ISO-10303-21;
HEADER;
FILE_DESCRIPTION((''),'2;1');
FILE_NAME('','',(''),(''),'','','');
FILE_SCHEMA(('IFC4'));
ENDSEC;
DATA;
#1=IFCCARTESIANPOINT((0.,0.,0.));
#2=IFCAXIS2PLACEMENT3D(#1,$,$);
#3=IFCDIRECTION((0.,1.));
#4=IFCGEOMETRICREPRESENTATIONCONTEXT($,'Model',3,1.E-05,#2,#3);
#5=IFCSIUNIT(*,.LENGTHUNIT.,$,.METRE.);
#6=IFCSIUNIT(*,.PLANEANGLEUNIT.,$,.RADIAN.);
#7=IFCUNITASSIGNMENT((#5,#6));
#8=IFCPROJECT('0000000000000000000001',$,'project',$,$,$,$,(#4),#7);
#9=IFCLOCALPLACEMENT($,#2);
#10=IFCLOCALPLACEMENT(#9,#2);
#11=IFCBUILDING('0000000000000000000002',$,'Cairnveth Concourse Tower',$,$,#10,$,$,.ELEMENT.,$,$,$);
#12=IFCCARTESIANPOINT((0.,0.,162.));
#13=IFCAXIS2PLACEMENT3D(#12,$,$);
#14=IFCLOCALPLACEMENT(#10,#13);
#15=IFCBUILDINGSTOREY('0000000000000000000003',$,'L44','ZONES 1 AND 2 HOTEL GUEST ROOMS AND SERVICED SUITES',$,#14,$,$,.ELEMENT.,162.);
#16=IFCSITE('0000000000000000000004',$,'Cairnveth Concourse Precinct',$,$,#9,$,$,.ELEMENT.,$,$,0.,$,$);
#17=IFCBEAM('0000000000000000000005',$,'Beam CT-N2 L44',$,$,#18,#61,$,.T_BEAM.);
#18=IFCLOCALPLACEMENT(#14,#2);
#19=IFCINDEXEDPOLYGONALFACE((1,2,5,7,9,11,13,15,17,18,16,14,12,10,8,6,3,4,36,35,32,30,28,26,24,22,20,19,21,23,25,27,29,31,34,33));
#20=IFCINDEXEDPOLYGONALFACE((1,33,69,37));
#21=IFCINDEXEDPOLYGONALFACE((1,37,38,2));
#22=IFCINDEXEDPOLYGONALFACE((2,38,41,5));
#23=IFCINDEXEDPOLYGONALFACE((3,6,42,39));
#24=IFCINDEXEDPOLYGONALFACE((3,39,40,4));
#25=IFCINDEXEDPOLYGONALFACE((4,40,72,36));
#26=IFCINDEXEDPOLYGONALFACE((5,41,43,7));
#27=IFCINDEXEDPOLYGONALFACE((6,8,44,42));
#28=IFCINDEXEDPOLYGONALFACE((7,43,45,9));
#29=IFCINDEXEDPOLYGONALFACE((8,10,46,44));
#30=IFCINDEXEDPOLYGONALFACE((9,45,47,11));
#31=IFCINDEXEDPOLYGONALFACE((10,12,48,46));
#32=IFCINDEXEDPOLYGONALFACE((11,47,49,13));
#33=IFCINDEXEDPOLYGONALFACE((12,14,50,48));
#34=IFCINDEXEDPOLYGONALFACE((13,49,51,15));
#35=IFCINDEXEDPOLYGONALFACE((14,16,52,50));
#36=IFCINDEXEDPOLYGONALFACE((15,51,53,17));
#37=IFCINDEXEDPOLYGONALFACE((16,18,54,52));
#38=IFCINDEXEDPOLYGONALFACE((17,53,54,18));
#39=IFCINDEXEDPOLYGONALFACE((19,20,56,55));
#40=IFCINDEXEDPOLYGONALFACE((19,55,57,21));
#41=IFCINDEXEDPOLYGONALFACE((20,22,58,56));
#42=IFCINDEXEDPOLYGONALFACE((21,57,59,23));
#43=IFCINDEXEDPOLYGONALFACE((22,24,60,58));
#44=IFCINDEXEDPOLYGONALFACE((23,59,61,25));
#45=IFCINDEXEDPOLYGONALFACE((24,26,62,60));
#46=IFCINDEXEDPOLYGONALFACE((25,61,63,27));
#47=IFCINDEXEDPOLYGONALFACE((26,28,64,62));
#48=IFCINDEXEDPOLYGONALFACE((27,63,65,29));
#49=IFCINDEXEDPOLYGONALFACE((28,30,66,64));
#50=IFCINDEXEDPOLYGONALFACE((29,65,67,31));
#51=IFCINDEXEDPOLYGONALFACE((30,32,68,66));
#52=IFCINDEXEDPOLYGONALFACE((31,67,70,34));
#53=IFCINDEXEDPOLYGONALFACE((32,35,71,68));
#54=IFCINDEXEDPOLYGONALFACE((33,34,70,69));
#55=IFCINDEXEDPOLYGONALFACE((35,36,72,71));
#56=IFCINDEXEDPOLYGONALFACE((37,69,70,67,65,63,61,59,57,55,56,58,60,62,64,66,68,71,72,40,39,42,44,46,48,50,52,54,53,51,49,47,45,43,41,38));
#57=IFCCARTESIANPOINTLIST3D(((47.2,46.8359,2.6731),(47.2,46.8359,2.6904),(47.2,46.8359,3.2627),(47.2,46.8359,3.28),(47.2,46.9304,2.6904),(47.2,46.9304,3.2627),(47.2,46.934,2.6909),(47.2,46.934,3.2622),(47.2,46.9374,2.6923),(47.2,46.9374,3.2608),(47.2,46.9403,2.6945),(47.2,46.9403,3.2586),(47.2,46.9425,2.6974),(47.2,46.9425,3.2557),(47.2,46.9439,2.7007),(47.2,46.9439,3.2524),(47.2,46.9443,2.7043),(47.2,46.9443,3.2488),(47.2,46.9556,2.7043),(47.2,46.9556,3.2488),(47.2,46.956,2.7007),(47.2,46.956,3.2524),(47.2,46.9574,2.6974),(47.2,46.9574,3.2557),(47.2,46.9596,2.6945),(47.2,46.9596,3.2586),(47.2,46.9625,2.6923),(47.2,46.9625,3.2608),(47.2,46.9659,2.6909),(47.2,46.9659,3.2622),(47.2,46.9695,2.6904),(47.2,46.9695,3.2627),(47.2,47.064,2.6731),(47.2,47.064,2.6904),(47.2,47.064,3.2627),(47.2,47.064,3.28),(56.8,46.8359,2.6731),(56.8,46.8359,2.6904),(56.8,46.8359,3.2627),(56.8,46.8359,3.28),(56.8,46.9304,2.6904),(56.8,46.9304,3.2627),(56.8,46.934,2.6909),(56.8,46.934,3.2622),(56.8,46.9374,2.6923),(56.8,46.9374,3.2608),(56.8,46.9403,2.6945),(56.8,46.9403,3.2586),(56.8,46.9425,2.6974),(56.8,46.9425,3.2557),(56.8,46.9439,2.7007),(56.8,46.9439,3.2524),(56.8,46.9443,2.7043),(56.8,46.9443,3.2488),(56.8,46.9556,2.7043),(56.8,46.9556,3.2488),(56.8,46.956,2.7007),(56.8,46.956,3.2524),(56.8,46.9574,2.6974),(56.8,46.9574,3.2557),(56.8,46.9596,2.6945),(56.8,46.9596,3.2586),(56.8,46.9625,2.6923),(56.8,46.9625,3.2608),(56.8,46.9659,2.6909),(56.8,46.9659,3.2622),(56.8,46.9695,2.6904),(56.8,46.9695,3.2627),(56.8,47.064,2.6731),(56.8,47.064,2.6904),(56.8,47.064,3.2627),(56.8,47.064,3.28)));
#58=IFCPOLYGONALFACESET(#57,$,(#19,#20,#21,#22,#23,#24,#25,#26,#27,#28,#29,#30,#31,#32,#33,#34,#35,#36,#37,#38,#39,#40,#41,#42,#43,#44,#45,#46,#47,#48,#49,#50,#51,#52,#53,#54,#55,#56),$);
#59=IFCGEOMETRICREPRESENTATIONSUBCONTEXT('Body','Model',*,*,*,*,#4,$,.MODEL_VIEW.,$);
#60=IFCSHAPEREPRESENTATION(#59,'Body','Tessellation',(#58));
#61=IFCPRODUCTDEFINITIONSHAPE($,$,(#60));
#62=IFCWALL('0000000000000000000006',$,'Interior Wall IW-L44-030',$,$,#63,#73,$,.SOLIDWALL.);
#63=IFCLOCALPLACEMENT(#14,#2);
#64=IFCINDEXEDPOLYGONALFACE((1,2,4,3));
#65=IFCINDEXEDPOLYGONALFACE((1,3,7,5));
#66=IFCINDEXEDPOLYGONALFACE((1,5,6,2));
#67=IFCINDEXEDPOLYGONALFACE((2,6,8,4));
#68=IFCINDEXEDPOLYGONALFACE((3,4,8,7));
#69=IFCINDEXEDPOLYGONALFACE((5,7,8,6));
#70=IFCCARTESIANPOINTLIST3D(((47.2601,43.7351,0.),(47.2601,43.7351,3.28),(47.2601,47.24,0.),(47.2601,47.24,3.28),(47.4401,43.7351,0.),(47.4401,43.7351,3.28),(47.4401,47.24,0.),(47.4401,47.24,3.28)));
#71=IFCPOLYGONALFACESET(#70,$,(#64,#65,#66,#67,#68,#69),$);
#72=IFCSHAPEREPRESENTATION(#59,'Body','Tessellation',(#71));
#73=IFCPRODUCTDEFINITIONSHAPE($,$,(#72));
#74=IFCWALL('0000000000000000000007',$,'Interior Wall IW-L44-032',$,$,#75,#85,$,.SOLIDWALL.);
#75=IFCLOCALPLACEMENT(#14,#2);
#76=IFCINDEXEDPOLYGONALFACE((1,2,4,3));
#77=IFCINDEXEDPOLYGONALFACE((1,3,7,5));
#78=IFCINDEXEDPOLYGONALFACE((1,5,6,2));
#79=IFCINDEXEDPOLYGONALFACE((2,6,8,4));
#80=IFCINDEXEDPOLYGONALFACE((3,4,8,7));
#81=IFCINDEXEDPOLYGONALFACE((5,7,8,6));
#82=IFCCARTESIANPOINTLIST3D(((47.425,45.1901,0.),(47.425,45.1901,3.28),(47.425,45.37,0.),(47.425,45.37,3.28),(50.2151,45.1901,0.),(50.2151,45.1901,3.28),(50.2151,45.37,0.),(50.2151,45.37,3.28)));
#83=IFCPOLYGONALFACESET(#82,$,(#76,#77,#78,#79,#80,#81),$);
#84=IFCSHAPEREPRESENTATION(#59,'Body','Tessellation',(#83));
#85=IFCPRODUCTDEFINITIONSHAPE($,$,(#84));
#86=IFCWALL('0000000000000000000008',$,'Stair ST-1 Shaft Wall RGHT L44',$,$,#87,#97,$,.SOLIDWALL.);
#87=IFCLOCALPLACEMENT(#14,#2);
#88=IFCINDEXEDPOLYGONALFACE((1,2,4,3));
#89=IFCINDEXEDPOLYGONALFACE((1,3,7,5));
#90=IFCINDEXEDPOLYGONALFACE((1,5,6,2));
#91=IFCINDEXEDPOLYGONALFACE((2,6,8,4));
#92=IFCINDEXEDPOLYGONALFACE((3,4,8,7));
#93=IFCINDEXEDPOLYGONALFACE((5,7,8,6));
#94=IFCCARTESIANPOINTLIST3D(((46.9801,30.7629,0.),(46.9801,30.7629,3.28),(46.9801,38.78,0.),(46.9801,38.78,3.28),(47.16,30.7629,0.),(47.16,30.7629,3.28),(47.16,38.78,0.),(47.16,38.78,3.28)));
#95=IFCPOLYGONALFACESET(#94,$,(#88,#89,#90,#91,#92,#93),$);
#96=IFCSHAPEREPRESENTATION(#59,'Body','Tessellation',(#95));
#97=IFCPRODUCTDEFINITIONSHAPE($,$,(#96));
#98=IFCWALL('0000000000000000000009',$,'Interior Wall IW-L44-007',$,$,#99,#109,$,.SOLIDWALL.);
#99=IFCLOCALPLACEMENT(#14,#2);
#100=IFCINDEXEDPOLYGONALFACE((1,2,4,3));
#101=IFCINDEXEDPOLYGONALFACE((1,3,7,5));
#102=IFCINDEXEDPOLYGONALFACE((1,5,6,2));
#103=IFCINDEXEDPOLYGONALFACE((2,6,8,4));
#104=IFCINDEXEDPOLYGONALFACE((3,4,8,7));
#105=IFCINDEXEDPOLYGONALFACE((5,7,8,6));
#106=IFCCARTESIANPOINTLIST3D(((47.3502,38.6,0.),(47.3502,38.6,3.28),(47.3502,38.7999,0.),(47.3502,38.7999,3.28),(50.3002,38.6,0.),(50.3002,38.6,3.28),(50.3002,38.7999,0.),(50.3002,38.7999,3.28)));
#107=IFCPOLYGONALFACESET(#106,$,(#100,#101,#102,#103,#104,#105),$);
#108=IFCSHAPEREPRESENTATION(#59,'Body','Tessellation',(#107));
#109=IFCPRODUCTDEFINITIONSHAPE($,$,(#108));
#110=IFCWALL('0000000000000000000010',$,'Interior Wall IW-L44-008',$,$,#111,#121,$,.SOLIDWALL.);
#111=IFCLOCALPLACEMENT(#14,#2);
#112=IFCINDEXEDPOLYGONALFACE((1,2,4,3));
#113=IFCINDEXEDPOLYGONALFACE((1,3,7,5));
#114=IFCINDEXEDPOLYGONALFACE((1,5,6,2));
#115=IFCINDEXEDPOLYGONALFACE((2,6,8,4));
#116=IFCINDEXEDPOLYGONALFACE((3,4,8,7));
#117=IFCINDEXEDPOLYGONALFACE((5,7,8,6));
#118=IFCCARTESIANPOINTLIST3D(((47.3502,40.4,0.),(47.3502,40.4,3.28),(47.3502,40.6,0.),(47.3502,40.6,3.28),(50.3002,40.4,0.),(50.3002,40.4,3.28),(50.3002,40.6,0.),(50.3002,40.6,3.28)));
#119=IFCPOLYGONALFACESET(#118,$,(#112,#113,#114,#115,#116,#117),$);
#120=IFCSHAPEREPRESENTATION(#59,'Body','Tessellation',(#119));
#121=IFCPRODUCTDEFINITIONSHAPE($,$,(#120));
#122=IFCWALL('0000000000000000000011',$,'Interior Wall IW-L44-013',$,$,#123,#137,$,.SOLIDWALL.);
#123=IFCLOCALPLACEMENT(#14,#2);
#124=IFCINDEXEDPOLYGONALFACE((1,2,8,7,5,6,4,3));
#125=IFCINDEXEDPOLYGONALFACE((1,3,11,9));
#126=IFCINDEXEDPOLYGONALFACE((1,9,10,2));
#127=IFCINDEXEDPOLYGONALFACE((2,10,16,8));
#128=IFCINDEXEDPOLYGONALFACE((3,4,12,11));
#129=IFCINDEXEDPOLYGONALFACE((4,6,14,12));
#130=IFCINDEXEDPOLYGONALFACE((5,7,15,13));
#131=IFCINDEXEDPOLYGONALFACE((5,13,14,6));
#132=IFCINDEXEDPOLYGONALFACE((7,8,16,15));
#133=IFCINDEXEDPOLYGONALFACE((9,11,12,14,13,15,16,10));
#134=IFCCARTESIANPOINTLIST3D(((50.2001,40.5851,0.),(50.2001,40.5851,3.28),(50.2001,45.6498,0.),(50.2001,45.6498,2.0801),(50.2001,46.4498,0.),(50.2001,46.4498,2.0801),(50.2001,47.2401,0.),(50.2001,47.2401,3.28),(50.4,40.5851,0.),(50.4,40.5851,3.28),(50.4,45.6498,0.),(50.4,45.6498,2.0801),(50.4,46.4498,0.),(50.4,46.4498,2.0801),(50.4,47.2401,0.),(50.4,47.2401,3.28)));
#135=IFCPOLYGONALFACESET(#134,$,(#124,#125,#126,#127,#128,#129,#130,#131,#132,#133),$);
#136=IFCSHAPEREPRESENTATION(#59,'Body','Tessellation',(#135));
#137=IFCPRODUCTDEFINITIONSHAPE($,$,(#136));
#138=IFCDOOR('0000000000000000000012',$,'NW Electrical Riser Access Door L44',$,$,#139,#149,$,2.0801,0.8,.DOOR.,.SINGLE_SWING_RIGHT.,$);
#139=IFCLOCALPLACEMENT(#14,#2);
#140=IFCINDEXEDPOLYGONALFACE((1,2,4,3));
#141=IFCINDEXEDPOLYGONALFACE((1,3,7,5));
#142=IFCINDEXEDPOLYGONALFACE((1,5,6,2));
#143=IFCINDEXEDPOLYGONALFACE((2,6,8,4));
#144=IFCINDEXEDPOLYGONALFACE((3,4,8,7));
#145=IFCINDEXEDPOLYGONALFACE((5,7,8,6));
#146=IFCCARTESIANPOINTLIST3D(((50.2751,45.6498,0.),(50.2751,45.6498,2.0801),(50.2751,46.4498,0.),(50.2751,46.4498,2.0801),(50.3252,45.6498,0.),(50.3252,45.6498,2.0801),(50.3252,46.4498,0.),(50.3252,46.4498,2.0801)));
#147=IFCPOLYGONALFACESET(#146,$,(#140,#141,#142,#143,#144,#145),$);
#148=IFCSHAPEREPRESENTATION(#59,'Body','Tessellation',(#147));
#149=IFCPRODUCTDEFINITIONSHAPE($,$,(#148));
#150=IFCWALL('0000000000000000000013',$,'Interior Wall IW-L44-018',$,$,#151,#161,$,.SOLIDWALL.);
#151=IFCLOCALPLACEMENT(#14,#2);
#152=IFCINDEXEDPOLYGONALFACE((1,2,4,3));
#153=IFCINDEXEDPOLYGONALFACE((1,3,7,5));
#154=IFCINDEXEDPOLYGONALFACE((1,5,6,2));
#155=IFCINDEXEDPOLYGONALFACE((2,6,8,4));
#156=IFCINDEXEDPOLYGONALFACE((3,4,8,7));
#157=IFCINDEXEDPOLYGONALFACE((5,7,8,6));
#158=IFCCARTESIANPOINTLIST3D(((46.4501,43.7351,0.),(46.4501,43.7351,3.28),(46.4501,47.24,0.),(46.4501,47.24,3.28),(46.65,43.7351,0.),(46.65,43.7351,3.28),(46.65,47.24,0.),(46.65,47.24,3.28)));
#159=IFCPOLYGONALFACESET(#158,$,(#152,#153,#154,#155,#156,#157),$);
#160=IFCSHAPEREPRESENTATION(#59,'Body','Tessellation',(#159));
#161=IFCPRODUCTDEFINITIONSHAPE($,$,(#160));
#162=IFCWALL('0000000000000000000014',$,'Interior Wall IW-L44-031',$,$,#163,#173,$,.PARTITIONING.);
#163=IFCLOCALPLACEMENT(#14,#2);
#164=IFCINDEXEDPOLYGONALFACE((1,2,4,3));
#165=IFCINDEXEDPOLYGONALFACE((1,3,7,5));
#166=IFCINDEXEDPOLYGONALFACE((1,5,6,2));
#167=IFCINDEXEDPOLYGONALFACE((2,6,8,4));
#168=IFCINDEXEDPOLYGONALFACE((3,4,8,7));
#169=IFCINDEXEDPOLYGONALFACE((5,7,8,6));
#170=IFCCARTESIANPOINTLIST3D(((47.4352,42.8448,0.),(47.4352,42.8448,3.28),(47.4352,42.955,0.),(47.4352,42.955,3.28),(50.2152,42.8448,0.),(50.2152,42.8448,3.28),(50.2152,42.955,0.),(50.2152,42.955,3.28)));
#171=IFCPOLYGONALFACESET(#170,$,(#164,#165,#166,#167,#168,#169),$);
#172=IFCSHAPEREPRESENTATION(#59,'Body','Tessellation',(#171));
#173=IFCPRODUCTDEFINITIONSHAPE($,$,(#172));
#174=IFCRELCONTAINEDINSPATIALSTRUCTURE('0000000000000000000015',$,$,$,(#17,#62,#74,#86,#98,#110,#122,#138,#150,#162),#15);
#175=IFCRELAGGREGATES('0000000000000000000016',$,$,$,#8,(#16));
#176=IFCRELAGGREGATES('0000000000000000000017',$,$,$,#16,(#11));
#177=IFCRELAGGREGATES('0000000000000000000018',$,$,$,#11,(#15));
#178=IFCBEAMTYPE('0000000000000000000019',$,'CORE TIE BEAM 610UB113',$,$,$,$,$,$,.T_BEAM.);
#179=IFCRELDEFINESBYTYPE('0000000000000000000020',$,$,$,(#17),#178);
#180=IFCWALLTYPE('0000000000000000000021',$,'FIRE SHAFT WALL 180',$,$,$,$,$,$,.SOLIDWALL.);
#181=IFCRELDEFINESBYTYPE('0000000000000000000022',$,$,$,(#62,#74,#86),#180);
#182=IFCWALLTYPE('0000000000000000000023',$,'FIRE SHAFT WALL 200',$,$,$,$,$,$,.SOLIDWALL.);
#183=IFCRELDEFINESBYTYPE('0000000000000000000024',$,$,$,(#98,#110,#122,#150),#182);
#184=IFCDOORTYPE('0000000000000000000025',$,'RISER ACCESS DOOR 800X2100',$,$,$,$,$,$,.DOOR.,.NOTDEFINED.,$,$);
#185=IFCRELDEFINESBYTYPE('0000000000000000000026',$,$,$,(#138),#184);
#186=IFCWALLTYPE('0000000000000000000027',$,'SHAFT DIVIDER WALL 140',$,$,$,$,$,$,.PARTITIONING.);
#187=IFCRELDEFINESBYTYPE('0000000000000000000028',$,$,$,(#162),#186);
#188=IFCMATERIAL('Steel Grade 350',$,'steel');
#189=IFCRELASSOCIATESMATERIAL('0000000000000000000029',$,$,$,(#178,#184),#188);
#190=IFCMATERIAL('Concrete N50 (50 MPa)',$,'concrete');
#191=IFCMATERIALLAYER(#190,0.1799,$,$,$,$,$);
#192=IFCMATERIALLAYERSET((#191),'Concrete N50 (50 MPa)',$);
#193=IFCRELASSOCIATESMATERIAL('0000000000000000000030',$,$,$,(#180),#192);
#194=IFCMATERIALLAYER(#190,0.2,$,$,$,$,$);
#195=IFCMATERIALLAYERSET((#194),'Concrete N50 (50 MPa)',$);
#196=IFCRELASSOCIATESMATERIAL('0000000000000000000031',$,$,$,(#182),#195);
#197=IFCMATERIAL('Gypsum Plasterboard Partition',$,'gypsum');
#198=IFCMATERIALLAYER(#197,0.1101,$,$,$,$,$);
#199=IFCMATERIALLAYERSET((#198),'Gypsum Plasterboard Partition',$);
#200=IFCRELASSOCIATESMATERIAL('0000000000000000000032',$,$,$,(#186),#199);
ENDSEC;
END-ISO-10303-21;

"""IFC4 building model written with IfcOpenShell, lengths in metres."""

from ifc_helpers import new_model, si_unit, direction, frame, frame_2d, origin, origin_2d, place, context, subcontext, project, spatial, rectangle, i_section, extrude, material, layer, layer_set, material_profile, profile_set, type_object, element, fill, save


model = new_model("IFC4")

# Units and contexts
model_context = context("Model", 3, precision=1e-05, world=origin(), true_north=direction((0.0, 1.0)))
body_context = subcontext(model_context, "Body", "Model", "MODEL_VIEW")
ifc_project = project(units=[si_unit("LENGTHUNIT", "METRE"), si_unit("PLANEANGLEUNIT", "RADIAN")], contexts=[model_context])

# Site, building, storey
site_placement = place(None, origin())
site = spatial("IfcSite", under=ifc_project, at=site_placement, Name="Cairnveth Concourse Precinct", CompositionType="ELEMENT", RefElevation=0.0)
building_placement = place(site_placement, origin())
building = spatial("IfcBuilding", under=site, at=building_placement, Name="Cairnveth Concourse Tower", CompositionType="ELEMENT")
storey_placement = place(building_placement, frame((0.0, 0.0, 162.0)))
storey = spatial("IfcBuildingStorey", under=building, at=storey_placement, Name="L44", Description="ZONES 1 AND 2 HOTEL GUEST ROOMS AND SERVICED SUITES", CompositionType="ELEMENT", Elevation=162.0)

# Beam
ifc_material_1 = material(Name="Steel Grade 350", Category="steel")
ifc_material_profile = material_profile(ifc_material_1, i_section(OverallWidth=0.228, OverallDepth=0.6069, WebThickness=0.0112, FlangeThickness=0.0173, FilletRadius=0.0139, at=origin_2d()), Name="610UB113")
ifc_profile_set = profile_set([ifc_material_profile], Name="Steel Grade 350")
beam_type = type_object("IfcBeamType", Name="CORE TIE BEAM 610UB113", PredefinedType="T_BEAM", material=ifc_profile_set)
beam_placement = place(storey_placement, frame((47.2, 46.95, 2.9766), z_axis=(1.0, 0.0, 0.0), x_axis=(0.0, 1.0, 0.0)))
element("IfcBeam", 1, at=beam_placement, inside=storey, type_object=beam_type, Name="Beam CT-N2 L44", PredefinedType="T_BEAM", context=body_context, shape_type="SweptSolid", body=[
    extrude(i_section(OverallWidth=0.228, OverallDepth=0.6069, WebThickness=0.0112, FlangeThickness=0.0173, FilletRadius=0.0139, at=origin_2d()), origin(), (0.0, 0.0, 1.0), 9.6001),
])

# Walls
ifc_material_2 = material(Name="Concrete N50 (50 MPa)", Category="concrete")
ifc_layer_1 = layer(ifc_material_2, 0.1799)
ifc_layer_set_1 = layer_set([ifc_layer_1], Name="Concrete N50 (50 MPa)")
wall_type_1 = type_object("IfcWallType", Name="FIRE SHAFT WALL 180", PredefinedType="SOLIDWALL", material=ifc_layer_set_1)
wall_1_placement = place(storey_placement, frame((47.3501, 43.7351, 0.0), z_axis=(0.0, 0.0, 1.0), x_axis=(0.0, 1.0, 0.0)))
element("IfcWall", 2, at=wall_1_placement, inside=storey, type_object=wall_type_1, Name="Interior Wall IW-L44-030", PredefinedType="SOLIDWALL", context=body_context, shape_type="SweptSolid", body=[
    extrude(rectangle(XDim=3.5049, YDim=0.1799, at=frame_2d((1.7524, 0.0))), origin(), (0.0, 0.0, 1.0), 3.28),
])
wall_2_placement = place(storey_placement, frame((47.425, 45.28, 0.0), z_axis=(0.0, 0.0, 1.0), x_axis=(1.0, 0.0, 0.0)))
element("IfcWall", 3, at=wall_2_placement, inside=storey, type_object=wall_type_1, Name="Interior Wall IW-L44-032", PredefinedType="SOLIDWALL", context=body_context, shape_type="SweptSolid", body=[
    extrude(rectangle(XDim=2.79, YDim=0.1799, at=frame_2d((1.395, 0.0))), origin(), (0.0, 0.0, 1.0), 3.28),
])
wall_3_placement = place(storey_placement, frame((47.0701, 38.78, 0.0), z_axis=(0.0, 0.0, 1.0), x_axis=(0.0, -1.0, 0.0)))
element("IfcWall", 4, at=wall_3_placement, inside=storey, type_object=wall_type_1, Name="Stair ST-1 Shaft Wall RGHT L44", PredefinedType="SOLIDWALL", context=body_context, shape_type="SweptSolid", body=[
    extrude(rectangle(XDim=8.0171, YDim=0.1799, at=frame_2d((4.0085, 0.0))), origin(), (0.0, 0.0, 1.0), 3.28),
])
ifc_layer_2 = layer(ifc_material_2, 0.2)
ifc_layer_set_2 = layer_set([ifc_layer_2], Name="Concrete N50 (50 MPa)")
wall_type_2 = type_object("IfcWallType", Name="FIRE SHAFT WALL 200", PredefinedType="SOLIDWALL", material=ifc_layer_set_2)
for number, where, z_axis, x_axis, name in (
    (5, (47.3501, 38.7, 0.0), (0.0, 0.0, 1.0), (1.0, 0.0, 0.0), "Interior Wall IW-L44-007"),
    (6, (47.3501, 40.5, 0.0), (0.0, 0.0, 1.0), (1.0, 0.0, 0.0), "Interior Wall IW-L44-008"),
):
    element("IfcWall", number, at=place(storey_placement, frame(where, z_axis=z_axis, x_axis=x_axis)), inside=storey, type_object=wall_type_2, Name=name, PredefinedType="SOLIDWALL", context=body_context, shape_type="SweptSolid", body=[
        extrude(rectangle(XDim=2.95, YDim=0.2, at=frame_2d((1.4751, 0.0))), origin(), (0.0, 0.0, 1.0), 3.28),
    ])

# Wall, opening, door
wall_4_placement = place(storey_placement, frame((50.3, 40.585, 0.0), z_axis=(0.0, 0.0, 1.0), x_axis=(0.0, 1.0, 0.0)))
wall_4 = element("IfcWall", 7, at=wall_4_placement, inside=storey, type_object=wall_type_2, Name="Interior Wall IW-L44-013", PredefinedType="SOLIDWALL", context=body_context, shape_type="SweptSolid", body=[
    extrude(rectangle(XDim=6.655, YDim=0.2, at=frame_2d((3.3276, 0.0))), origin(), (0.0, 0.0, 1.0), 3.28),
])
opening_1_placement = place(wall_4_placement, frame((5.0649, 0.0, 0.0)))
opening_1 = element("IfcOpeningElement", 8, at=opening_1_placement, cuts=wall_4, PredefinedType="OPENING", context=body_context, shape_type="SweptSolid", body=[
    extrude(rectangle(XDim=0.8, YDim=2.0801, at=frame_2d((0.3999, 1.04))), frame((0.0, 0.1099, 0.0), z_axis=(0.0, -1.0, 0.0), x_axis=(1.0, 0.0, 0.0)), (0.0, 0.0, 1.0), 0.22),
])
door_type_1 = type_object("IfcDoorType", Name="RISER ACCESS DOOR 800X2100", OperationType="NOTDEFINED", PredefinedType="DOOR", material=ifc_material_1)
door_1_placement = place(opening_1_placement, origin())
door_1 = element("IfcDoor", 9, at=door_1_placement, inside=storey, type_object=door_type_1, Name="NW Electrical Riser Access Door L44", OperationType="SINGLE_SWING_RIGHT", OverallHeight=2.0801, OverallWidth=0.8, PredefinedType="DOOR", context=body_context, shape_type="SweptSolid", body=[
    extrude(rectangle(XDim=0.8, YDim=2.0801, at=frame_2d((0.3999, 1.04))), frame((0.0, 0.0249, 0.0), z_axis=(0.0, -1.0, 0.0), x_axis=(1.0, 0.0, 0.0)), (0.0, 0.0, 1.0), 0.05),
])
fill(opening_1, door_1)

# Walls
wall_5_placement = place(storey_placement, frame((46.55, 43.7351, 0.0), z_axis=(0.0, 0.0, 1.0), x_axis=(0.0, 1.0, 0.0)))
element("IfcWall", 10, at=wall_5_placement, inside=storey, type_object=wall_type_2, Name="Interior Wall IW-L44-018", PredefinedType="SOLIDWALL", context=body_context, shape_type="SweptSolid", body=[
    extrude(rectangle(XDim=3.5049, YDim=0.2, at=frame_2d((1.7524, 0.0))), origin(), (0.0, 0.0, 1.0), 3.28),
])
ifc_material_3 = material(Name="Gypsum Plasterboard Partition", Category="gypsum")
ifc_layer_3 = layer(ifc_material_3, 0.1101)
ifc_layer_set_3 = layer_set([ifc_layer_3], Name="Gypsum Plasterboard Partition")
wall_type_3 = type_object("IfcWallType", Name="SHAFT DIVIDER WALL 140", PredefinedType="PARTITIONING", material=ifc_layer_set_3)
wall_6_placement = place(storey_placement, frame((47.4351, 42.8999, 0.0), z_axis=(0.0, 0.0, 1.0), x_axis=(1.0, 0.0, 0.0)))
element("IfcWall", 11, at=wall_6_placement, inside=storey, type_object=wall_type_3, Name="Interior Wall IW-L44-031", PredefinedType="PARTITIONING", context=body_context, shape_type="SweptSolid", body=[
    extrude(rectangle(XDim=2.78, YDim=0.1101, at=frame_2d((1.3901, 0.0))), origin(), (0.0, 0.0, 1.0), 3.28),
])

save(model, "model.ifc")
